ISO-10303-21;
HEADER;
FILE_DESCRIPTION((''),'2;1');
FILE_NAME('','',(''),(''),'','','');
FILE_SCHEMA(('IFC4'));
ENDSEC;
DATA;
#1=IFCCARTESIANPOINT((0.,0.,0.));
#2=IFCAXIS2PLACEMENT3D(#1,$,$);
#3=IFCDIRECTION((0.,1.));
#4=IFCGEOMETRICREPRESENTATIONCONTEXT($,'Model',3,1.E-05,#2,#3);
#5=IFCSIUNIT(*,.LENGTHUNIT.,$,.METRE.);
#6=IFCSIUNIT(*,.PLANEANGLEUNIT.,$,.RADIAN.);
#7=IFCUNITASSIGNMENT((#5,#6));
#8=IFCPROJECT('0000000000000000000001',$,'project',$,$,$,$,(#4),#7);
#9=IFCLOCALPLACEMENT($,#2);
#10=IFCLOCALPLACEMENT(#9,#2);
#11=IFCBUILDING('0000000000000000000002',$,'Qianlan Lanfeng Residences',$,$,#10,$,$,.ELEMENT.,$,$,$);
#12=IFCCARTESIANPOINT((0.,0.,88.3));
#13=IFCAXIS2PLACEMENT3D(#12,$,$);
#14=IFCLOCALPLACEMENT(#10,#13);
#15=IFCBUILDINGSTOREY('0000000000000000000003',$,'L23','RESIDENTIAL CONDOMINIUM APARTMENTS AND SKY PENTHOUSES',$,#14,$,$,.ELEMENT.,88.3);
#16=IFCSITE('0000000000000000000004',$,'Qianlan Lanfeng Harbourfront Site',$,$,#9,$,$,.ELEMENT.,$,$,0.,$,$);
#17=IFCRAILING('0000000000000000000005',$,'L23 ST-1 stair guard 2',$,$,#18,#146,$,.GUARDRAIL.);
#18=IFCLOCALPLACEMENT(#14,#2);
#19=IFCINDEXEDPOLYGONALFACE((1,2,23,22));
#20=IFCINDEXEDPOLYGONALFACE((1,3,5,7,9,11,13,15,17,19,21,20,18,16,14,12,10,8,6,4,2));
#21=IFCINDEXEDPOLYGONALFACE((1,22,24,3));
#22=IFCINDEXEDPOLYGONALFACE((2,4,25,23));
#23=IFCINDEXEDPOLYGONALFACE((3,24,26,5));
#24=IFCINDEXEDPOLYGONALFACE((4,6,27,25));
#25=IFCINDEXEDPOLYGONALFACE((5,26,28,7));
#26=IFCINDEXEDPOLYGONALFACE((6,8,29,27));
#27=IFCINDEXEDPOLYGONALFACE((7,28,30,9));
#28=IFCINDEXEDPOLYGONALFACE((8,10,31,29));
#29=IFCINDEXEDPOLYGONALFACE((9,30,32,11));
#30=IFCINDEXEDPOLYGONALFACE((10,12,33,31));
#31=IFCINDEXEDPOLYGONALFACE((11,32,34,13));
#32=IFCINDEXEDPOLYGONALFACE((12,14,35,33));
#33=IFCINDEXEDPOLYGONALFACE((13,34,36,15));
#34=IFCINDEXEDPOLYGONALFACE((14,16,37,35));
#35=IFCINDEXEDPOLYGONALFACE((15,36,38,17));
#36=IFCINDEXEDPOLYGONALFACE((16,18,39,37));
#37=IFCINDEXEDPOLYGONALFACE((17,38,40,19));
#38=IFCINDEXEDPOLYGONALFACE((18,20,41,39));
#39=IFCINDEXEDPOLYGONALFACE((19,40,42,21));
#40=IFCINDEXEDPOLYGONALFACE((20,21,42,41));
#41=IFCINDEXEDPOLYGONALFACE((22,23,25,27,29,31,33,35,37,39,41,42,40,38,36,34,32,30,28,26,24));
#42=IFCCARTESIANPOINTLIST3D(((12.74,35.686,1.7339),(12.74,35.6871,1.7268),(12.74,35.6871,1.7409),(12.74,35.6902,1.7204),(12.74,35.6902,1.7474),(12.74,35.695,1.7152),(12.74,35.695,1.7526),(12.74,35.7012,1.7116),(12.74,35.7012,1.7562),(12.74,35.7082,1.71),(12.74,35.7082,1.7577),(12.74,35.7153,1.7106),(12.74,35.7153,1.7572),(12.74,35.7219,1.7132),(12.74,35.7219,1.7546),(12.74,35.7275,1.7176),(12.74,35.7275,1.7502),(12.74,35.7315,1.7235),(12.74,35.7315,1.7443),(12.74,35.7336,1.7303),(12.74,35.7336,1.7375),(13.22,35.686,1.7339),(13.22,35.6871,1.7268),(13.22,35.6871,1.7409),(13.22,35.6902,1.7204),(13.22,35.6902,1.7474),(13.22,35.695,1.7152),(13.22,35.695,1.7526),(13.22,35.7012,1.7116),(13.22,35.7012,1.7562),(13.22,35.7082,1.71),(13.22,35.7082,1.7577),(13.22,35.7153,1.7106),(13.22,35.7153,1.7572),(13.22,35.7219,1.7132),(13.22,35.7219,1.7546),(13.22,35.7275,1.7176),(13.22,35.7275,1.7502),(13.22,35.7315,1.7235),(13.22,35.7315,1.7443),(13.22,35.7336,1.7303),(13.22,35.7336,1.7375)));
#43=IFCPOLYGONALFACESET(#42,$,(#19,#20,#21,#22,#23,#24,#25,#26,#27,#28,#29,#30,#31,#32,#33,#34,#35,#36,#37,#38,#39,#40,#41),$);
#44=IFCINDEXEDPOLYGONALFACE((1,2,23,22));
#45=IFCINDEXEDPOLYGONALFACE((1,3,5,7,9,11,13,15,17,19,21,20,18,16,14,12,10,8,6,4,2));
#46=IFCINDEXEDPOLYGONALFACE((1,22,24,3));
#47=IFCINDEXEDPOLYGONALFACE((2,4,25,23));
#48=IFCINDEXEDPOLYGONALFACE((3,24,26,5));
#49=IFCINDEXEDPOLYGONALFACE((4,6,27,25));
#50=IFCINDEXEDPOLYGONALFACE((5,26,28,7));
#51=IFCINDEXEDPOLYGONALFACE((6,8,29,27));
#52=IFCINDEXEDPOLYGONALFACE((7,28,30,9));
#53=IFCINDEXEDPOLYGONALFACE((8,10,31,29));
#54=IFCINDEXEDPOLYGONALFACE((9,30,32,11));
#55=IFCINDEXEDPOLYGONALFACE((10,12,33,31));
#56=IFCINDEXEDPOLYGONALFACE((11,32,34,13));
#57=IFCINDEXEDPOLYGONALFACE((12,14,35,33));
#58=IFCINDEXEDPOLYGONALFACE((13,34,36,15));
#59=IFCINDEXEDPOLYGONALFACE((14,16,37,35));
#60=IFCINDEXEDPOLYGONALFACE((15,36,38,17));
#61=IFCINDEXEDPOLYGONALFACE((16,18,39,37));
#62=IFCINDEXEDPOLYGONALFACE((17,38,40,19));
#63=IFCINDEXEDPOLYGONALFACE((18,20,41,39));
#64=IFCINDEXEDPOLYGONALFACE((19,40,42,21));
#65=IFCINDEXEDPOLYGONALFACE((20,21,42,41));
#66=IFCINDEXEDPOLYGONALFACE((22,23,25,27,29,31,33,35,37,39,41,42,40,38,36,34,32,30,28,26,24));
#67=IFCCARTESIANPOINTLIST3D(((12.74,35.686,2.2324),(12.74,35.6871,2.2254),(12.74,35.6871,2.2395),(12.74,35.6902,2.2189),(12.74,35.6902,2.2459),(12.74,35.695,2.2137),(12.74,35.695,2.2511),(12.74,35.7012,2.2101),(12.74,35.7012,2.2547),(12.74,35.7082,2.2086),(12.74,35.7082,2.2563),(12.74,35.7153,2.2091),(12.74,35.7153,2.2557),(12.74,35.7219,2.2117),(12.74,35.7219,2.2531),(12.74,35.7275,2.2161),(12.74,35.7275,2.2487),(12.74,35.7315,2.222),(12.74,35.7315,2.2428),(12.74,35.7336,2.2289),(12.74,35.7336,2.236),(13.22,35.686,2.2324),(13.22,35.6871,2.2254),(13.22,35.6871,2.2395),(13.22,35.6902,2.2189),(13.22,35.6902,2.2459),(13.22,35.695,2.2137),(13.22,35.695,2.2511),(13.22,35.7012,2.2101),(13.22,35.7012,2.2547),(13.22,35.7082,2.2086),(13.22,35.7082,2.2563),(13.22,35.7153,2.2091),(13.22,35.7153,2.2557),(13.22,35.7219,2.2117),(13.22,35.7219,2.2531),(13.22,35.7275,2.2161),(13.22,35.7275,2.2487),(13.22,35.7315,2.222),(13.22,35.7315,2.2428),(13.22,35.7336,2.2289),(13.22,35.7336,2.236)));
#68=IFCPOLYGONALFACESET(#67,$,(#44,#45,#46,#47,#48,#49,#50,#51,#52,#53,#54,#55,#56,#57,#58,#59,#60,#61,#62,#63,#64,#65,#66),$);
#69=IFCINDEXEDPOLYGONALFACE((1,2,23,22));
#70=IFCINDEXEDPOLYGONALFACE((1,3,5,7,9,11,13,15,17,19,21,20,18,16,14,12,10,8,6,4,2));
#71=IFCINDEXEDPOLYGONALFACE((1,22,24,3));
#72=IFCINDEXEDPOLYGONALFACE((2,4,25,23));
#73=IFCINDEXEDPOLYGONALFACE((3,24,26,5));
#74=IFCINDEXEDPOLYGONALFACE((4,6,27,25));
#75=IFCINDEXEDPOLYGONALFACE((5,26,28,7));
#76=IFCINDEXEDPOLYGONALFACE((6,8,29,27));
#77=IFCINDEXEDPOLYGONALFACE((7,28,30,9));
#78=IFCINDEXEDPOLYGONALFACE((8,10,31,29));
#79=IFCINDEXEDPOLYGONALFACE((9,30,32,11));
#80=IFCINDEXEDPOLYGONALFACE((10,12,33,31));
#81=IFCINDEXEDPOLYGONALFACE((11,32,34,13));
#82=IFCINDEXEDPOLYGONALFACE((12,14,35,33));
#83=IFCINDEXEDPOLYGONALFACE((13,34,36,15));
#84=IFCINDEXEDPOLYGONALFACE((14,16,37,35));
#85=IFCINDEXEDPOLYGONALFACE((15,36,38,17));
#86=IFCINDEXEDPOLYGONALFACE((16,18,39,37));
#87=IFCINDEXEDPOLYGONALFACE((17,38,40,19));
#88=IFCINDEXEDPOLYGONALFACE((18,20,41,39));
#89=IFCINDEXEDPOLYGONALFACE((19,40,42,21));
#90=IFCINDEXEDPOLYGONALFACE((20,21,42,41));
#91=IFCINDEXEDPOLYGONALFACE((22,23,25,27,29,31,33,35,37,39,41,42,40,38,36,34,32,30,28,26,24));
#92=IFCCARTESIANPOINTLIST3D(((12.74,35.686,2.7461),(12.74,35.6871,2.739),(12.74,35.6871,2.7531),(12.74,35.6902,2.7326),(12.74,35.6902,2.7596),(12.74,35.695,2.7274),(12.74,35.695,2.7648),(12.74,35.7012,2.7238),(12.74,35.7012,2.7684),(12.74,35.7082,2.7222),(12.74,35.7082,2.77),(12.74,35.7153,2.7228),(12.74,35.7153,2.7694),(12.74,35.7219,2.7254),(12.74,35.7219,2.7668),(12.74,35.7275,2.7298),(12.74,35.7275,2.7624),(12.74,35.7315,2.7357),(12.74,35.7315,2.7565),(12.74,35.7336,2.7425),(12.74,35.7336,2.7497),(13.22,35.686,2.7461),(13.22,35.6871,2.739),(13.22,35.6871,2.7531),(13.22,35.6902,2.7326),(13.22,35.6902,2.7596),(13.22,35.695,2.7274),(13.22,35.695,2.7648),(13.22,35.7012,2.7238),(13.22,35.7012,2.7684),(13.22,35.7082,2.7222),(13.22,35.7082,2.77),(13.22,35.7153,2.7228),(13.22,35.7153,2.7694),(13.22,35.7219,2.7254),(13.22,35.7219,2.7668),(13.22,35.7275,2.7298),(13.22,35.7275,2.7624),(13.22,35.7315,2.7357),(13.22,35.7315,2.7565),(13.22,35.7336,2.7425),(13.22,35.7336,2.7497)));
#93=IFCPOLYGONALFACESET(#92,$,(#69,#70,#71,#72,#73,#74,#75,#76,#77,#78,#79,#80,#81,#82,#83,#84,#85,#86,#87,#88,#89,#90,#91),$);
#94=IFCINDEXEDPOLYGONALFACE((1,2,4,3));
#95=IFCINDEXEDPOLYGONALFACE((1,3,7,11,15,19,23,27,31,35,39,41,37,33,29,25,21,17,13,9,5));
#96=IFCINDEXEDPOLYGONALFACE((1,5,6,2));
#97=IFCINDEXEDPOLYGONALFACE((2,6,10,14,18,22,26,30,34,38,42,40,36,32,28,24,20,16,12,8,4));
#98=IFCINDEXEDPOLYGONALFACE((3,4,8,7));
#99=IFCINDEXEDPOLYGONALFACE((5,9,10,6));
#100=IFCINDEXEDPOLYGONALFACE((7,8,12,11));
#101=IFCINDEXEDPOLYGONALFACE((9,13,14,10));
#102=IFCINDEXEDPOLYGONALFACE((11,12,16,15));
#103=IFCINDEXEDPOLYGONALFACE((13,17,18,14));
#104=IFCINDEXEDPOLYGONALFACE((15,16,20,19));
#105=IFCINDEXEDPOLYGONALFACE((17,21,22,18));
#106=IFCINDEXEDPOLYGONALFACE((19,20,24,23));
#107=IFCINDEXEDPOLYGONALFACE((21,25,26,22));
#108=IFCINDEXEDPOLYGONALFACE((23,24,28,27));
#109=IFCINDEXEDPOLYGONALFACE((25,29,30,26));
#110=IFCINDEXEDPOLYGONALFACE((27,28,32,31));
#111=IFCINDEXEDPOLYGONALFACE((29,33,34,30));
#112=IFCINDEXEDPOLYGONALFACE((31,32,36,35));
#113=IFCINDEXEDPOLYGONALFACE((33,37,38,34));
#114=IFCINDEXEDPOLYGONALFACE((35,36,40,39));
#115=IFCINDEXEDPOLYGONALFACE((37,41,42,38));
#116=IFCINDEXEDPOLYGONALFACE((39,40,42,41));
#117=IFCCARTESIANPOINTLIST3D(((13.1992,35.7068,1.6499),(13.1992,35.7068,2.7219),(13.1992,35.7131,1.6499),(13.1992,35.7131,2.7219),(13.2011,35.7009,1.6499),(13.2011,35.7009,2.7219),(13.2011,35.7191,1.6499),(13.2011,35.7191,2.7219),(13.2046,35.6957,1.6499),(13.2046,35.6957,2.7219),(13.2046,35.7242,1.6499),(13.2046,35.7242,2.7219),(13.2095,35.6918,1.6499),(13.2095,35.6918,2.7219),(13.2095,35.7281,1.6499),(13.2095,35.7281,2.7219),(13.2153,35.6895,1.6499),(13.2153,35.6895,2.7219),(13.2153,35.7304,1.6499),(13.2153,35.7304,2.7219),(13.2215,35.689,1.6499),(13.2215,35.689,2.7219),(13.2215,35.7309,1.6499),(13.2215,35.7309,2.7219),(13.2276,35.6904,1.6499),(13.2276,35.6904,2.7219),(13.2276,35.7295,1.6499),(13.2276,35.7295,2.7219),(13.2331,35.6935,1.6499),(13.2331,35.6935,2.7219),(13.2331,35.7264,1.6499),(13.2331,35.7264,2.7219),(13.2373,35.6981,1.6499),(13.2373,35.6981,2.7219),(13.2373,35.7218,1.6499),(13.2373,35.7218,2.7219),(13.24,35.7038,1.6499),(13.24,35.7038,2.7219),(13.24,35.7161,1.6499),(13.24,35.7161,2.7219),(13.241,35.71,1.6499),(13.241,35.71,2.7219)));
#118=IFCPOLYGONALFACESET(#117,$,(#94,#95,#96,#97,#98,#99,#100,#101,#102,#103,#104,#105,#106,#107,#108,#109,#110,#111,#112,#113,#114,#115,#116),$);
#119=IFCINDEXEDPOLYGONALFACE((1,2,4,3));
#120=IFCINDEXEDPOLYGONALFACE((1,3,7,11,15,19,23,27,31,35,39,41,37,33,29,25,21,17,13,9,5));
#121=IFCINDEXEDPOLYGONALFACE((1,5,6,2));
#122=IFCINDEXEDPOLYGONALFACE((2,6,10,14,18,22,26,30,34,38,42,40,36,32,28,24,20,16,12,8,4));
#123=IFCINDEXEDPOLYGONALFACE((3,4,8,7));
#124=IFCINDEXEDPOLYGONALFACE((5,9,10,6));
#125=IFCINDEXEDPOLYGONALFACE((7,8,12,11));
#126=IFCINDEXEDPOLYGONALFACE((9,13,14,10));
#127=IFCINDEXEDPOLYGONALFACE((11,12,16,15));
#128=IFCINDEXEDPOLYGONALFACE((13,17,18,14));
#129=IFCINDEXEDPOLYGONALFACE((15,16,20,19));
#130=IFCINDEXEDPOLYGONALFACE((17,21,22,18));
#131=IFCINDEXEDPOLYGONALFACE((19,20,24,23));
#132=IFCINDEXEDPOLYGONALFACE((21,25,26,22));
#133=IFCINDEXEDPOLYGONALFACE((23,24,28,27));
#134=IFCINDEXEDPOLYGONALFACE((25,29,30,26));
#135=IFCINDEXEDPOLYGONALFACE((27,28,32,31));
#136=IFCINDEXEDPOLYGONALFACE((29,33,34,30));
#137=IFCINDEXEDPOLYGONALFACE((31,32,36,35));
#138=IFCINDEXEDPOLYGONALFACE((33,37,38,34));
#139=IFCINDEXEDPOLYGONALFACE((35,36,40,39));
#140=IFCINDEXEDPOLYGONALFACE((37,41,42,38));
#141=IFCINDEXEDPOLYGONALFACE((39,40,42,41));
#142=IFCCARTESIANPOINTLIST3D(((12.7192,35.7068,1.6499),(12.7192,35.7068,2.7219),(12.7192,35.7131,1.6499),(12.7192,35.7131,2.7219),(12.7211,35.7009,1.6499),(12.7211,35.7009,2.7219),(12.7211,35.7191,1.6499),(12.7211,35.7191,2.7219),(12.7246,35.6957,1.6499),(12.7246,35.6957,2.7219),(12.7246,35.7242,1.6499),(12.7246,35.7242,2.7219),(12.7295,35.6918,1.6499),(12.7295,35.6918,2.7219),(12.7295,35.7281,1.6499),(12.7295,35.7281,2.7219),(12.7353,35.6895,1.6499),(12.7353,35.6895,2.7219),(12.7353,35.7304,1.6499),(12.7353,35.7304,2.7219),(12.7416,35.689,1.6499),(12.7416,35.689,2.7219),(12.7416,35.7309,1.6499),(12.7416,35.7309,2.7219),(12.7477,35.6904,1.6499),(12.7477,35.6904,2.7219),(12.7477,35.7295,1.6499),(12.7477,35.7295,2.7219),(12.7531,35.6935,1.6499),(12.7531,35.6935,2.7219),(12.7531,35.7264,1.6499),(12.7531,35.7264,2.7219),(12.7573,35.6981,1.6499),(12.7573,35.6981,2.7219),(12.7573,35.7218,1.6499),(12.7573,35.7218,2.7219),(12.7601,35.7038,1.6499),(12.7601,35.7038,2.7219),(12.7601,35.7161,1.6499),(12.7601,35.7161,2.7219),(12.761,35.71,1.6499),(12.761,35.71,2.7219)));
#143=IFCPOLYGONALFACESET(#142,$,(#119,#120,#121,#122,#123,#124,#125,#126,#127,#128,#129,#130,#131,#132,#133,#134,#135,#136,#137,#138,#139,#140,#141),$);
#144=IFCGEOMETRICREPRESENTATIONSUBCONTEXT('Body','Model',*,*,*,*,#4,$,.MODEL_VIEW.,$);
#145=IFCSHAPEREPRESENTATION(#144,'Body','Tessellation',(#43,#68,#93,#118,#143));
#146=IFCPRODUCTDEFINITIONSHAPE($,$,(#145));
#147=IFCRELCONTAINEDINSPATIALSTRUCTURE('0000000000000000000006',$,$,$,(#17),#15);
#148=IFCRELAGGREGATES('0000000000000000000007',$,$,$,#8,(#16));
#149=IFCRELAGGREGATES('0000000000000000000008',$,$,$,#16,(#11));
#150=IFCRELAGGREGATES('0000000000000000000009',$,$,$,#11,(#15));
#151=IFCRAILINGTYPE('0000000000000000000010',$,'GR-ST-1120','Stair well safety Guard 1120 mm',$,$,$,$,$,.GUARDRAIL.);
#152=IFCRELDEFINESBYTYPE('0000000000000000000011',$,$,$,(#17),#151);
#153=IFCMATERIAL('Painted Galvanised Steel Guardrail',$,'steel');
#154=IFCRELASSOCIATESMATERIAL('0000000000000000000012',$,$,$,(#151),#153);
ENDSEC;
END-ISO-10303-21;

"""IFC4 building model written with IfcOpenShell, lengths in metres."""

from ifc_helpers import new_model, si_unit, direction, frame, origin, origin_2d, place, context, subcontext, project, spatial, circle, extrude, material, type_object, element, save


model = new_model("IFC4")

# Units and contexts
model_context = context("Model", 3, precision=1e-05, world=origin(), true_north=direction((0.0, 1.0)))
body_context = subcontext(model_context, "Body", "Model", "MODEL_VIEW")
ifc_project = project(units=[si_unit("LENGTHUNIT", "METRE"), si_unit("PLANEANGLEUNIT", "RADIAN")], contexts=[model_context])

# Site, building, storey
site_placement = place(None, origin())
site = spatial("IfcSite", under=ifc_project, at=site_placement, Name="Qianlan Lanfeng Harbourfront Site", CompositionType="ELEMENT", RefElevation=0.0)
building_placement = place(site_placement, origin())
building = spatial("IfcBuilding", under=site, at=building_placement, Name="Qianlan Lanfeng Residences", CompositionType="ELEMENT")
storey_placement = place(building_placement, frame((0.0, 0.0, 88.3)))
storey = spatial("IfcBuildingStorey", under=building, at=storey_placement, Name="L23", Description="RESIDENTIAL CONDOMINIUM APARTMENTS AND SKY PENTHOUSES", CompositionType="ELEMENT", Elevation=88.3)

# Railing
ifc_material_1 = material(Name="Painted Galvanised Steel Guardrail", Category="steel")
railing_type_1 = type_object("IfcRailingType", Name="GR-ST-1120", Description="Stair well safety Guard 1120 mm", PredefinedType="GUARDRAIL", material=ifc_material_1)
railing_1_placement = place(storey_placement, frame((13.22, 35.71, 1.6499)))
element("IfcRailing", 1, at=railing_1_placement, inside=storey, type_object=railing_type_1, Name="L23 ST-1 stair guard 2", PredefinedType="GUARDRAIL", context=body_context, shape_type="SweptSolid", body=[
    extrude(circle(Radius=0.0239, at=origin_2d()), frame((0.0, 0.0, 0.084), z_axis=(-1.0, 0.0, 0.0), x_axis=(0.0, -1.0, 0.0)), (0.0, 0.0, 1.0), 0.48),
    extrude(circle(Radius=0.0239, at=origin_2d()), frame((0.0, 0.0, 0.5825), z_axis=(-1.0, 0.0, 0.0), x_axis=(0.0, -1.0, 0.0)), (0.0, 0.0, 1.0), 0.48),
    extrude(circle(Radius=0.0239, at=origin_2d()), frame((0.0, 0.0, 1.0962), z_axis=(-1.0, 0.0, 0.0), x_axis=(0.0, -1.0, 0.0)), (0.0, 0.0, 1.0), 0.48),
    extrude(circle(Radius=0.021, at=origin_2d()), origin(), (0.0, 0.0, 1.0), 1.072),
    extrude(circle(Radius=0.021, at=origin_2d()), frame((-0.48, 0.0, 0.0)), (0.0, 0.0, 1.0), 1.072),
])

save(model, "model.ifc")
